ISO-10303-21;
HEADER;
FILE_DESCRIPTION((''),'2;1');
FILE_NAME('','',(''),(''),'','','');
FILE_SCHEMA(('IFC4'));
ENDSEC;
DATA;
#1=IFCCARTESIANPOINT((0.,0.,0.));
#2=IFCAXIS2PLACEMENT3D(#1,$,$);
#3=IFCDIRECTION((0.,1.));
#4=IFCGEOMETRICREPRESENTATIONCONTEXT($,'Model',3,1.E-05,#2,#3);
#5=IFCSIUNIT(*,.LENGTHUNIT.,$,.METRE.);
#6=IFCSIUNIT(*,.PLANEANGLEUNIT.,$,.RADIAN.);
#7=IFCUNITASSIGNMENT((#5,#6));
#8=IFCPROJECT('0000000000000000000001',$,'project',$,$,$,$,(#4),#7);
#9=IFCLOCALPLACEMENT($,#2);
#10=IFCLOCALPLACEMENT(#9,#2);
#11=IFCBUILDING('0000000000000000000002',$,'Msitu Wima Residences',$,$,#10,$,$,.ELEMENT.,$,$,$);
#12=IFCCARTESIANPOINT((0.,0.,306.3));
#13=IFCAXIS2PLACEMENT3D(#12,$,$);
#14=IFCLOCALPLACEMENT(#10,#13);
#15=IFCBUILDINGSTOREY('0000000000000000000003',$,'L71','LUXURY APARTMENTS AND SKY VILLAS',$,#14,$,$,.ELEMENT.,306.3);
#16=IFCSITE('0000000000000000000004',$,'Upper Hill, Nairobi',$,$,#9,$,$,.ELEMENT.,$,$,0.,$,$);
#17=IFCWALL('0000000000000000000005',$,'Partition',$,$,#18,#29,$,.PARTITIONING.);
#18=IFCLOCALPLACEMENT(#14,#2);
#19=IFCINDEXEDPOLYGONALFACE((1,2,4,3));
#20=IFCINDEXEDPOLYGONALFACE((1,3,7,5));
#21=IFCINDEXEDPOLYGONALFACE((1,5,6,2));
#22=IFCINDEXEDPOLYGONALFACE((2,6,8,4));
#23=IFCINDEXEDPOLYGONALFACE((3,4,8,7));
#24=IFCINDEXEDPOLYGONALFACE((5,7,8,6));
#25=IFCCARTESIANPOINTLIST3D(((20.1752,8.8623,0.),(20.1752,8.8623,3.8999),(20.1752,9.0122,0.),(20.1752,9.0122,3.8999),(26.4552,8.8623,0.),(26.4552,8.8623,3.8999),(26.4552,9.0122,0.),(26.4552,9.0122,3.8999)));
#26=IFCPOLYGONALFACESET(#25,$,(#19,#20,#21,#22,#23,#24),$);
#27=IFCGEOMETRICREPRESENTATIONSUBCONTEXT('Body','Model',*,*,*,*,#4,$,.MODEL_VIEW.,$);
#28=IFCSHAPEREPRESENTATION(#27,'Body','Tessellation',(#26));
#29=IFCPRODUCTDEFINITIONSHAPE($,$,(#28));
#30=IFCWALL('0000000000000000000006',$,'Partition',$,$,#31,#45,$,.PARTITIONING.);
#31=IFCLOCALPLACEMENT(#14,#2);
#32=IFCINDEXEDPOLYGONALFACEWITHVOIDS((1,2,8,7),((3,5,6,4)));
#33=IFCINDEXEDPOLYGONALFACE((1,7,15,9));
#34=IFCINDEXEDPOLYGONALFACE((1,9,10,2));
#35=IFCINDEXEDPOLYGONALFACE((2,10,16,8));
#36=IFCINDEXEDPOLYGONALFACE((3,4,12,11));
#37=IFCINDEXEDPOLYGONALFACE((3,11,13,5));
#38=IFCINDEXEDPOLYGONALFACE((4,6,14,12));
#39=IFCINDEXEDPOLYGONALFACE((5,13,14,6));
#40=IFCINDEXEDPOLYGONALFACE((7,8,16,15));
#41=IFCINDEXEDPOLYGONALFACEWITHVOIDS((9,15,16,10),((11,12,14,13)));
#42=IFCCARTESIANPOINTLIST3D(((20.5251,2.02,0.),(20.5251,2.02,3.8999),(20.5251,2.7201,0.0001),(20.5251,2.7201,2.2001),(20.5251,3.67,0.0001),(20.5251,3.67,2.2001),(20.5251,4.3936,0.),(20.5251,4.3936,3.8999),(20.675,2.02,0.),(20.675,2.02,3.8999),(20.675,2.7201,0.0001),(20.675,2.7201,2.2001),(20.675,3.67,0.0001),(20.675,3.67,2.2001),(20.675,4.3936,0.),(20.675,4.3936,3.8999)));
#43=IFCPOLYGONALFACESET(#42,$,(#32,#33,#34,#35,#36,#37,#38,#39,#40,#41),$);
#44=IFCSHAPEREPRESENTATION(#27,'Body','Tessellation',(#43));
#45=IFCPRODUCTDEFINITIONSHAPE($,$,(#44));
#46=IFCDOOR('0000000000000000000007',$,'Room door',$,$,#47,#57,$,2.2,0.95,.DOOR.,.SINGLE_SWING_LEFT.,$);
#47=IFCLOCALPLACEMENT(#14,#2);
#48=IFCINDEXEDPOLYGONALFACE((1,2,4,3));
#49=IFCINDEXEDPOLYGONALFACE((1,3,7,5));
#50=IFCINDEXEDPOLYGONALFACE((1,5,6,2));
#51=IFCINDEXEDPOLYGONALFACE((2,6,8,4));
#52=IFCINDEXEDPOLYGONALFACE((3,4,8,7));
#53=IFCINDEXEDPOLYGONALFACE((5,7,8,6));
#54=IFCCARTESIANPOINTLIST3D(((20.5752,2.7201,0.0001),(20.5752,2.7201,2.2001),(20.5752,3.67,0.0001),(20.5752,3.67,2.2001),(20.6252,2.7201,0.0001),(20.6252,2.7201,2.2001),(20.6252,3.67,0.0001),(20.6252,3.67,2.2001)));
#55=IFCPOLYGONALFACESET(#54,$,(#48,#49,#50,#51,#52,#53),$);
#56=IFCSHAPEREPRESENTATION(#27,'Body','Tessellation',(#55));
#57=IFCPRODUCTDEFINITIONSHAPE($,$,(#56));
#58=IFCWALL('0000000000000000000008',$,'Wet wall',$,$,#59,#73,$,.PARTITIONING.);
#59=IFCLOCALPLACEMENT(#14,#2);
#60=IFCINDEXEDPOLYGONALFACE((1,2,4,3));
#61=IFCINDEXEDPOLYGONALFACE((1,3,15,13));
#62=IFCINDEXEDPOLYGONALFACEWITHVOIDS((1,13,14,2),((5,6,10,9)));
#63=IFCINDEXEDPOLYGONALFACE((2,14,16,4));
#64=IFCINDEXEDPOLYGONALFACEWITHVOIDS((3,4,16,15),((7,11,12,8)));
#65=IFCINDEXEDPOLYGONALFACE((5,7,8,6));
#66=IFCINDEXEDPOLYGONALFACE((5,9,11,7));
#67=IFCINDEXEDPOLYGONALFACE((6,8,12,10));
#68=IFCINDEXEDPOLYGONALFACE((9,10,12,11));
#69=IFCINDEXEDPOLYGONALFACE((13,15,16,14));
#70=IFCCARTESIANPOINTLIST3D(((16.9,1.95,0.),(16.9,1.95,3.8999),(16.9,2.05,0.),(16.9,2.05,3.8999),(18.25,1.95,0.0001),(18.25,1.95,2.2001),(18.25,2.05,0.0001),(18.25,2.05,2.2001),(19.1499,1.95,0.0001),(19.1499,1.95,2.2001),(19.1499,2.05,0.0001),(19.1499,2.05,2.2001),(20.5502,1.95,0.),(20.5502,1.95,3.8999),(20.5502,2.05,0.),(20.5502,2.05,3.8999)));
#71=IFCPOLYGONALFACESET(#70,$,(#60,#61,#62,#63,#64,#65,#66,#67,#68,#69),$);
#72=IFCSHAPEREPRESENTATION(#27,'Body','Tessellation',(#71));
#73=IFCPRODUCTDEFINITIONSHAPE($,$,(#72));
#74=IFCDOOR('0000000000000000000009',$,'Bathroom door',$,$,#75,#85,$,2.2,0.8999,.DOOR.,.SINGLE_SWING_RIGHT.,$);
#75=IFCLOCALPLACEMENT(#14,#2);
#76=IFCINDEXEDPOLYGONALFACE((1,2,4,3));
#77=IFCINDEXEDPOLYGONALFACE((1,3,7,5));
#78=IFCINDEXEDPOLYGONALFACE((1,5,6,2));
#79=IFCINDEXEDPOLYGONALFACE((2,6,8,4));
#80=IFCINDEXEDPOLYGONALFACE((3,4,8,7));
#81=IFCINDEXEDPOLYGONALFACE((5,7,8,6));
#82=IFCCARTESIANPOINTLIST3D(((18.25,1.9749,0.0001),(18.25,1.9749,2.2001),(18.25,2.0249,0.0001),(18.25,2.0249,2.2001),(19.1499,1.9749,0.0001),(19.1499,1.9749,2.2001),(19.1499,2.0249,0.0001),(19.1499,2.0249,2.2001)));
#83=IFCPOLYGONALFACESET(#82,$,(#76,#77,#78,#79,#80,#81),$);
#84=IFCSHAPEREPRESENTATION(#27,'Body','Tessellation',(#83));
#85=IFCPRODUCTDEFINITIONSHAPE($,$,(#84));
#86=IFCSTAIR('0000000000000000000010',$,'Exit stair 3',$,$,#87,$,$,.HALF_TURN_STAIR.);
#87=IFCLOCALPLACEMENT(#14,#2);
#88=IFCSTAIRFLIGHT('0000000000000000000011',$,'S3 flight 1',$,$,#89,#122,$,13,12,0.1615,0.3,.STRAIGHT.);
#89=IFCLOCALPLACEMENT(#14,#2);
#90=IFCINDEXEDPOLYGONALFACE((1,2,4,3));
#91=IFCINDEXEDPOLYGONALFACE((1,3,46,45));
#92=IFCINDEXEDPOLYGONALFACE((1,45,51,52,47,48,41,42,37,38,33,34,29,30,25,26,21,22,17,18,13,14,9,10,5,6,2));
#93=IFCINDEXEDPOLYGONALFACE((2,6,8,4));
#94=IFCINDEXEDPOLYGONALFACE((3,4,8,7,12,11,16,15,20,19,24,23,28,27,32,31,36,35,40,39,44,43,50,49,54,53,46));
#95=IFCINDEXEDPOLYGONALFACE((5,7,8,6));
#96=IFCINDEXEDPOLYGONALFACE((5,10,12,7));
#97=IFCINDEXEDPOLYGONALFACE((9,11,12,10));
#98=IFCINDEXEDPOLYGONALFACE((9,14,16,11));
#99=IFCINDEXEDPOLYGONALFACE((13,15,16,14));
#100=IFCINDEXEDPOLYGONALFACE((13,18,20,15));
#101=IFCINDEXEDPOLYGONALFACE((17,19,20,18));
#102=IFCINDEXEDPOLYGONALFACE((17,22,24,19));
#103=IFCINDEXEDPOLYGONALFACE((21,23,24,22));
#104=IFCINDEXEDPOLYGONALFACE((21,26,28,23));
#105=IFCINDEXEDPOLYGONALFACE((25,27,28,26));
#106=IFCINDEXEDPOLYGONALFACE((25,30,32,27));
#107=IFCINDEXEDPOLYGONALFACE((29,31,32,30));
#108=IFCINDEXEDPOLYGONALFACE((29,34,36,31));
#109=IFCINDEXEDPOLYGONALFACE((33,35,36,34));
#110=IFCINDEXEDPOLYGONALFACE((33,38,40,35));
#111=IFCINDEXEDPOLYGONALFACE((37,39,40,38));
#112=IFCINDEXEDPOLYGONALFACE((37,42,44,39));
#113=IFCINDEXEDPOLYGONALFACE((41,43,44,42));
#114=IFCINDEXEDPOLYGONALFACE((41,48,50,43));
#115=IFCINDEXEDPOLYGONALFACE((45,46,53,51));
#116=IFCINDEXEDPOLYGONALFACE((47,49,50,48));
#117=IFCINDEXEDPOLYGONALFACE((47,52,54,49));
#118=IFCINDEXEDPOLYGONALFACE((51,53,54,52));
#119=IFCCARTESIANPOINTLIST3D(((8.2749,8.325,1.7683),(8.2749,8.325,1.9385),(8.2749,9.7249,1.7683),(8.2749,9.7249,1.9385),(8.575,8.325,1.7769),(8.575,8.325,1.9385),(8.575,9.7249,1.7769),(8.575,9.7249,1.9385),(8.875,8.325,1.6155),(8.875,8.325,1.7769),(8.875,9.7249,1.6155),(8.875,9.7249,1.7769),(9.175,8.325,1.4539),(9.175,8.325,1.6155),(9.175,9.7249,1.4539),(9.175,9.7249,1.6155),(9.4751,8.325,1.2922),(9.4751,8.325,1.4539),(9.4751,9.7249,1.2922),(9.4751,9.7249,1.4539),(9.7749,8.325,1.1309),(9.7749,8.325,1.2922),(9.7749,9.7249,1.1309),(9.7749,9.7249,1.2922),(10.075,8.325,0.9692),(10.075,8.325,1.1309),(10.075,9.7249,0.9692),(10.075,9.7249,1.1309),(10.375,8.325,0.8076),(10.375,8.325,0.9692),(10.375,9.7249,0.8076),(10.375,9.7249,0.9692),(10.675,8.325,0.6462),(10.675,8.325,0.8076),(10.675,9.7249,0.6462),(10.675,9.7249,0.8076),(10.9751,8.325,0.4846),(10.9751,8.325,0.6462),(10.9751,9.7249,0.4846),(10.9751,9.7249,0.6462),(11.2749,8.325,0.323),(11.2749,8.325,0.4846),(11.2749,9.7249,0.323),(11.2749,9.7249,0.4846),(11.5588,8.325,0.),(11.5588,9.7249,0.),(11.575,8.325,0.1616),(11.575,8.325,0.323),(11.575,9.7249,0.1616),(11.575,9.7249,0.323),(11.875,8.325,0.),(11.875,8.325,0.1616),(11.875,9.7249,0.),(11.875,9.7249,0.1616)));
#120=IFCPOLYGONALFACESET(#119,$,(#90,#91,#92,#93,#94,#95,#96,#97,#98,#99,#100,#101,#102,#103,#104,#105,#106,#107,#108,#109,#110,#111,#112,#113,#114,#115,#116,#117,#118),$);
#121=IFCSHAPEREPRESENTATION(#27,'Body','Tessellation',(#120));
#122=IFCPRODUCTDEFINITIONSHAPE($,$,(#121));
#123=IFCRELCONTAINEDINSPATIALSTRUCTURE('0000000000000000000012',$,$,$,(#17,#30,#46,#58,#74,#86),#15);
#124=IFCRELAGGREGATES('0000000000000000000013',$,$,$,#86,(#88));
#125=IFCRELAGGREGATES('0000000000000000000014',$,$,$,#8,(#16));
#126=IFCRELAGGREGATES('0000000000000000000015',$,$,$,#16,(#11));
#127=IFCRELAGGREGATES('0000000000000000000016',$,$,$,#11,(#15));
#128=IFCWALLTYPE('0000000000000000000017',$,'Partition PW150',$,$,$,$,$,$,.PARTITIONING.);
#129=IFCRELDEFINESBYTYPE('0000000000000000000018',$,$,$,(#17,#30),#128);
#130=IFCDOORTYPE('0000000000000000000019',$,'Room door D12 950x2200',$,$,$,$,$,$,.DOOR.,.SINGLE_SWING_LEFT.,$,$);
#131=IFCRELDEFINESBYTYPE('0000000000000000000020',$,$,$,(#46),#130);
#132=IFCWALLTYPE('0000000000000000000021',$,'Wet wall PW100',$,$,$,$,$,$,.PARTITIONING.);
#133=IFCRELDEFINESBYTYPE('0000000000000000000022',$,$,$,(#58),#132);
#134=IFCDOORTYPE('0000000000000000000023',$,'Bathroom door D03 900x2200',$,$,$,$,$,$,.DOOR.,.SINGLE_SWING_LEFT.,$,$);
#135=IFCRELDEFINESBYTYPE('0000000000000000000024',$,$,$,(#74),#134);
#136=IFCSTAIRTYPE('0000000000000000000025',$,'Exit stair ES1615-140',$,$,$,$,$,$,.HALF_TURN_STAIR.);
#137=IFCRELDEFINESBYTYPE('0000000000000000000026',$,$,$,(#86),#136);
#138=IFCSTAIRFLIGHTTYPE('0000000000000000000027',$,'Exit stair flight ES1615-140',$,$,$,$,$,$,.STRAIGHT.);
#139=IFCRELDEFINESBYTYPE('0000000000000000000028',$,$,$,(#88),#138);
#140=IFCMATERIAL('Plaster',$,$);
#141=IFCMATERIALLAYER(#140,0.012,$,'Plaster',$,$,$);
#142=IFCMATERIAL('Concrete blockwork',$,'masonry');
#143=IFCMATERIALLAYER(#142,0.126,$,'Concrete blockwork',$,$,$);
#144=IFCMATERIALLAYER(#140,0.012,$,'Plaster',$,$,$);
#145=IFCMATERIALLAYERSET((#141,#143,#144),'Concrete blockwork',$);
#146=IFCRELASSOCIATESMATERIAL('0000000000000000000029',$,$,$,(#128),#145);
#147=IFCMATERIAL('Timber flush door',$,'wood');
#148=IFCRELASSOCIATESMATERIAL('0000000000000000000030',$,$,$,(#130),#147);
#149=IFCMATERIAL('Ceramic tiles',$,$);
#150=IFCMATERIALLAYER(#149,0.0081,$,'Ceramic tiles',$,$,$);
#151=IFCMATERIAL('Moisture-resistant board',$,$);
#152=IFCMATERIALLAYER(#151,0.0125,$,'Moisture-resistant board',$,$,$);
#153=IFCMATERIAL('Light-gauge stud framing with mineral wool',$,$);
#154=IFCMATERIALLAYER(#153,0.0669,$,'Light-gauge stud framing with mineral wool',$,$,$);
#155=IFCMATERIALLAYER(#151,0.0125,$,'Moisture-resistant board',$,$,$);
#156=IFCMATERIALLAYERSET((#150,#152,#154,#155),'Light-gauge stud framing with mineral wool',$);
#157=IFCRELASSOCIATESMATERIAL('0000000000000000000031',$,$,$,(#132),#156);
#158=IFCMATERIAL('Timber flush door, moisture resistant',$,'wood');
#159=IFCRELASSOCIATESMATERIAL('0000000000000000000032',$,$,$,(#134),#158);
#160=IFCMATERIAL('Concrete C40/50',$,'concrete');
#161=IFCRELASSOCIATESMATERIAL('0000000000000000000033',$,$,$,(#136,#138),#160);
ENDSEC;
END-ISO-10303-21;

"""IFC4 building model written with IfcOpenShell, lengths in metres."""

from ifc_helpers import new_model, si_unit, direction, frame, frame_2d, origin, place, context, subcontext, project, spatial, polyline, rectangle, outline, extrude, material, layer, layer_set, type_object, element, fill, aggregate, save


model = new_model("IFC4")

# Units and contexts
model_context = context("Model", 3, precision=1e-05, world=origin(), true_north=direction((0.0, 1.0)))
body_context = subcontext(model_context, "Body", "Model", "MODEL_VIEW")
ifc_project = project(units=[si_unit("LENGTHUNIT", "METRE"), si_unit("PLANEANGLEUNIT", "RADIAN")], contexts=[model_context])

# Site, building, storey
site_placement = place(None, origin())
site = spatial("IfcSite", under=ifc_project, at=site_placement, Name="Upper Hill, Nairobi", CompositionType="ELEMENT", RefElevation=0.0)
building_placement = place(site_placement, origin())
building = spatial("IfcBuilding", under=site, at=building_placement, Name="Msitu Wima Residences", CompositionType="ELEMENT")
storey_placement = place(building_placement, frame((0.0, 0.0, 306.3)))
storey = spatial("IfcBuildingStorey", under=building, at=storey_placement, Name="L71", Description="LUXURY APARTMENTS AND SKY VILLAS", CompositionType="ELEMENT", Elevation=306.3)

# Shared definitions
ifc_material_1 = material(Name="Concrete C40/50", Category="concrete")

# Shared definitions
ifc_material_2 = material(Name="Plaster")
ifc_material_3 = material(Name="Concrete blockwork", Category="masonry")

# Shared definitions
ifc_layer_1 = layer(ifc_material_2, 0.012, Name="Plaster")
ifc_layer_2 = layer(ifc_material_3, 0.126, Name="Concrete blockwork")
ifc_layer_3 = layer(ifc_material_2, 0.012, Name="Plaster")
ifc_layer_set_1 = layer_set([ifc_layer_1, ifc_layer_2, ifc_layer_3], Name="Concrete blockwork")
wall_type_1 = type_object("IfcWallType", Name="Partition PW150", PredefinedType="PARTITIONING", material=ifc_layer_set_1)
ifc_material_4 = material(Name="Timber flush door", Category="wood")
door_type_1 = type_object("IfcDoorType", Name="Room door D12 950x2200", OperationType="SINGLE_SWING_LEFT", PredefinedType="DOOR", material=ifc_material_4)

# Wall
wall_1_placement = place(storey_placement, frame((20.175, 8.9373, 0.0), z_axis=(0.0, 0.0, 1.0), x_axis=(1.0, 0.0, 0.0)))
element("IfcWall", 1, at=wall_1_placement, inside=storey, type_object=wall_type_1, Name="Partition", PredefinedType="PARTITIONING", context=body_context, shape_type="SweptSolid", body=[
    extrude(rectangle(XDim=6.28, YDim=0.1499, at=frame_2d((3.1401, 0.0))), origin(), (0.0, 0.0, 1.0), 3.8999),
])

# Walls, openings, doors
wall_2_placement = place(storey_placement, frame((20.6001, 2.02, 0.0), z_axis=(0.0, 0.0, 1.0), x_axis=(0.0, 1.0, 0.0)))
wall_2 = element("IfcWall", 2, at=wall_2_placement, inside=storey, type_object=wall_type_1, Name="Partition", PredefinedType="PARTITIONING", context=body_context, shape_type="SweptSolid", body=[
    extrude(rectangle(XDim=2.3735, YDim=0.1499, at=frame_2d((1.1868, 0.0))), origin(), (0.0, 0.0, 1.0), 3.8999),
])
opening_1_placement = place(wall_2_placement, frame((0.7, 0.0, 0.0)))
opening_1 = element("IfcOpeningElement", 3, at=opening_1_placement, cuts=wall_2, PredefinedType="OPENING", context=body_context, shape_type="SweptSolid", body=[
    extrude(rectangle(XDim=0.95, YDim=2.2, at=frame_2d((0.4751, 1.1001))), frame((0.0, 0.085, 0.0), z_axis=(0.0, -1.0, 0.0), x_axis=(1.0, 0.0, 0.0)), (0.0, 0.0, 1.0), 0.1699),
])
door_1_placement = place(opening_1_placement, origin())
door_1 = element("IfcDoor", 4, at=door_1_placement, inside=storey, type_object=door_type_1, Name="Room door", OperationType="SINGLE_SWING_LEFT", OverallHeight=2.2, OverallWidth=0.95, PredefinedType="DOOR", context=body_context, shape_type="SweptSolid", body=[
    extrude(rectangle(XDim=0.95, YDim=2.2, at=frame_2d((0.4751, 1.1001))), frame((0.0, 0.0249, 0.0), z_axis=(0.0, -1.0, 0.0), x_axis=(1.0, 0.0, 0.0)), (0.0, 0.0, 1.0), 0.05),
])
fill(opening_1, door_1)
ifc_material_5 = material(Name="Ceramic tiles")
ifc_layer_4 = layer(ifc_material_5, 0.0081, Name="Ceramic tiles")
ifc_material_6 = material(Name="Moisture-resistant board")
ifc_layer_5 = layer(ifc_material_6, 0.0125, Name="Moisture-resistant board")
ifc_material_7 = material(Name="Light-gauge stud framing with mineral wool")
ifc_layer_6 = layer(ifc_material_7, 0.0669, Name="Light-gauge stud framing with mineral wool")
ifc_layer_7 = layer(ifc_material_6, 0.0125, Name="Moisture-resistant board")
ifc_layer_set_2 = layer_set([ifc_layer_4, ifc_layer_5, ifc_layer_6, ifc_layer_7], Name="Light-gauge stud framing with mineral wool")
wall_type_2 = type_object("IfcWallType", Name="Wet wall PW100", PredefinedType="PARTITIONING", material=ifc_layer_set_2)
wall_3_placement = place(storey_placement, frame((16.8999, 2.0, 0.0), z_axis=(0.0, 0.0, 1.0), x_axis=(1.0, 0.0, 0.0)))
wall_3 = element("IfcWall", 5, at=wall_3_placement, inside=storey, type_object=wall_type_2, Name="Wet wall", PredefinedType="PARTITIONING", context=body_context, shape_type="SweptSolid", body=[
    extrude(rectangle(XDim=3.6501, YDim=0.1001, at=frame_2d((1.8252, 0.0))), origin(), (0.0, 0.0, 1.0), 3.8999),
])
opening_2_placement = place(wall_3_placement, frame((1.3501, 0.0, 0.0)))
opening_2 = element("IfcOpeningElement", 6, at=opening_2_placement, cuts=wall_3, PredefinedType="OPENING", context=body_context, shape_type="SweptSolid", body=[
    extrude(rectangle(XDim=0.8999, YDim=2.2, at=frame_2d((0.45, 1.1001))), frame((0.0, 0.0601, 0.0), z_axis=(0.0, -1.0, 0.0), x_axis=(1.0, 0.0, 0.0)), (0.0, 0.0, 1.0), 0.1201),
])
ifc_material_8 = material(Name="Timber flush door, moisture resistant", Category="wood")
door_type_2 = type_object("IfcDoorType", Name="Bathroom door D03 900x2200", OperationType="SINGLE_SWING_LEFT", PredefinedType="DOOR", material=ifc_material_8)
door_2_placement = place(opening_2_placement, origin())
door_2 = element("IfcDoor", 7, at=door_2_placement, inside=storey, type_object=door_type_2, Name="Bathroom door", OperationType="SINGLE_SWING_RIGHT", OverallHeight=2.2, OverallWidth=0.8999, PredefinedType="DOOR", context=body_context, shape_type="SweptSolid", body=[
    extrude(rectangle(XDim=0.8999, YDim=2.2, at=frame_2d((0.45, 1.1001))), frame((0.0, 0.0249, 0.0), z_axis=(0.0, -1.0, 0.0), x_axis=(1.0, 0.0, 0.0)), (0.0, 0.0, 1.0), 0.05),
])
fill(opening_2, door_2)

# Stair, stair flight
stair_type = type_object("IfcStairType", Name="Exit stair ES1615-140", PredefinedType="HALF_TURN_STAIR", material=ifc_material_1)
stair_placement = place(storey_placement, origin())
stair = element("IfcStair", 8, at=stair_placement, inside=storey, type_object=stair_type, Name="Exit stair 3", PredefinedType="HALF_TURN_STAIR")
stair_flight_type = type_object("IfcStairFlightType", Name="Exit stair flight ES1615-140", PredefinedType="STRAIGHT", material=ifc_material_1)
stair_flight_placement = place(storey_placement, frame((11.875, 9.0249, 0.0), z_axis=(0.0, 0.0, 1.0), x_axis=(-1.0, 0.0, 0.0)))
stair_flight = element("IfcStairFlight", 9, at=stair_flight_placement, type_object=stair_flight_type, Name="S3 flight 1", NumberOfRisers=13, NumberOfTreads=12, PredefinedType="STRAIGHT", RiserHeight=0.1615, TreadLength=0.3, context=body_context, shape_type="SweptSolid", body=[
    extrude(outline(polyline([(0.0, 0.0), (0.0, 0.1616), (0.3, 0.1616), (0.3, 0.323), (0.6001, 0.323), (0.6001, 0.4846), (0.8999, 0.4846), (0.8999, 0.6462), (1.2, 0.6462), (1.2, 0.8076), (1.5, 0.8076), (1.5, 0.9692), (1.8, 0.9692), (1.8, 1.1309), (2.1001, 1.1309), (2.1001, 1.2922), (2.3999, 1.2922), (2.3999, 1.4539), (2.7, 1.4539), (2.7, 1.6155), (3.0, 1.6155), (3.0, 1.7769), (3.3, 1.7769), (3.3, 1.9385), (3.6001, 1.9385), (3.6001, 2.1001), (3.6001, 1.7683), (0.3162, 0.0), (0.0, 0.0)])), frame((0.0, 0.7, 0.0), z_axis=(0.0, -1.0, 0.0), x_axis=(1.0, 0.0, 0.0)), (0.0, 0.0, 1.0), 1.3999),
])
aggregate(stair, [stair_flight])

save(model, "model.ifc")
